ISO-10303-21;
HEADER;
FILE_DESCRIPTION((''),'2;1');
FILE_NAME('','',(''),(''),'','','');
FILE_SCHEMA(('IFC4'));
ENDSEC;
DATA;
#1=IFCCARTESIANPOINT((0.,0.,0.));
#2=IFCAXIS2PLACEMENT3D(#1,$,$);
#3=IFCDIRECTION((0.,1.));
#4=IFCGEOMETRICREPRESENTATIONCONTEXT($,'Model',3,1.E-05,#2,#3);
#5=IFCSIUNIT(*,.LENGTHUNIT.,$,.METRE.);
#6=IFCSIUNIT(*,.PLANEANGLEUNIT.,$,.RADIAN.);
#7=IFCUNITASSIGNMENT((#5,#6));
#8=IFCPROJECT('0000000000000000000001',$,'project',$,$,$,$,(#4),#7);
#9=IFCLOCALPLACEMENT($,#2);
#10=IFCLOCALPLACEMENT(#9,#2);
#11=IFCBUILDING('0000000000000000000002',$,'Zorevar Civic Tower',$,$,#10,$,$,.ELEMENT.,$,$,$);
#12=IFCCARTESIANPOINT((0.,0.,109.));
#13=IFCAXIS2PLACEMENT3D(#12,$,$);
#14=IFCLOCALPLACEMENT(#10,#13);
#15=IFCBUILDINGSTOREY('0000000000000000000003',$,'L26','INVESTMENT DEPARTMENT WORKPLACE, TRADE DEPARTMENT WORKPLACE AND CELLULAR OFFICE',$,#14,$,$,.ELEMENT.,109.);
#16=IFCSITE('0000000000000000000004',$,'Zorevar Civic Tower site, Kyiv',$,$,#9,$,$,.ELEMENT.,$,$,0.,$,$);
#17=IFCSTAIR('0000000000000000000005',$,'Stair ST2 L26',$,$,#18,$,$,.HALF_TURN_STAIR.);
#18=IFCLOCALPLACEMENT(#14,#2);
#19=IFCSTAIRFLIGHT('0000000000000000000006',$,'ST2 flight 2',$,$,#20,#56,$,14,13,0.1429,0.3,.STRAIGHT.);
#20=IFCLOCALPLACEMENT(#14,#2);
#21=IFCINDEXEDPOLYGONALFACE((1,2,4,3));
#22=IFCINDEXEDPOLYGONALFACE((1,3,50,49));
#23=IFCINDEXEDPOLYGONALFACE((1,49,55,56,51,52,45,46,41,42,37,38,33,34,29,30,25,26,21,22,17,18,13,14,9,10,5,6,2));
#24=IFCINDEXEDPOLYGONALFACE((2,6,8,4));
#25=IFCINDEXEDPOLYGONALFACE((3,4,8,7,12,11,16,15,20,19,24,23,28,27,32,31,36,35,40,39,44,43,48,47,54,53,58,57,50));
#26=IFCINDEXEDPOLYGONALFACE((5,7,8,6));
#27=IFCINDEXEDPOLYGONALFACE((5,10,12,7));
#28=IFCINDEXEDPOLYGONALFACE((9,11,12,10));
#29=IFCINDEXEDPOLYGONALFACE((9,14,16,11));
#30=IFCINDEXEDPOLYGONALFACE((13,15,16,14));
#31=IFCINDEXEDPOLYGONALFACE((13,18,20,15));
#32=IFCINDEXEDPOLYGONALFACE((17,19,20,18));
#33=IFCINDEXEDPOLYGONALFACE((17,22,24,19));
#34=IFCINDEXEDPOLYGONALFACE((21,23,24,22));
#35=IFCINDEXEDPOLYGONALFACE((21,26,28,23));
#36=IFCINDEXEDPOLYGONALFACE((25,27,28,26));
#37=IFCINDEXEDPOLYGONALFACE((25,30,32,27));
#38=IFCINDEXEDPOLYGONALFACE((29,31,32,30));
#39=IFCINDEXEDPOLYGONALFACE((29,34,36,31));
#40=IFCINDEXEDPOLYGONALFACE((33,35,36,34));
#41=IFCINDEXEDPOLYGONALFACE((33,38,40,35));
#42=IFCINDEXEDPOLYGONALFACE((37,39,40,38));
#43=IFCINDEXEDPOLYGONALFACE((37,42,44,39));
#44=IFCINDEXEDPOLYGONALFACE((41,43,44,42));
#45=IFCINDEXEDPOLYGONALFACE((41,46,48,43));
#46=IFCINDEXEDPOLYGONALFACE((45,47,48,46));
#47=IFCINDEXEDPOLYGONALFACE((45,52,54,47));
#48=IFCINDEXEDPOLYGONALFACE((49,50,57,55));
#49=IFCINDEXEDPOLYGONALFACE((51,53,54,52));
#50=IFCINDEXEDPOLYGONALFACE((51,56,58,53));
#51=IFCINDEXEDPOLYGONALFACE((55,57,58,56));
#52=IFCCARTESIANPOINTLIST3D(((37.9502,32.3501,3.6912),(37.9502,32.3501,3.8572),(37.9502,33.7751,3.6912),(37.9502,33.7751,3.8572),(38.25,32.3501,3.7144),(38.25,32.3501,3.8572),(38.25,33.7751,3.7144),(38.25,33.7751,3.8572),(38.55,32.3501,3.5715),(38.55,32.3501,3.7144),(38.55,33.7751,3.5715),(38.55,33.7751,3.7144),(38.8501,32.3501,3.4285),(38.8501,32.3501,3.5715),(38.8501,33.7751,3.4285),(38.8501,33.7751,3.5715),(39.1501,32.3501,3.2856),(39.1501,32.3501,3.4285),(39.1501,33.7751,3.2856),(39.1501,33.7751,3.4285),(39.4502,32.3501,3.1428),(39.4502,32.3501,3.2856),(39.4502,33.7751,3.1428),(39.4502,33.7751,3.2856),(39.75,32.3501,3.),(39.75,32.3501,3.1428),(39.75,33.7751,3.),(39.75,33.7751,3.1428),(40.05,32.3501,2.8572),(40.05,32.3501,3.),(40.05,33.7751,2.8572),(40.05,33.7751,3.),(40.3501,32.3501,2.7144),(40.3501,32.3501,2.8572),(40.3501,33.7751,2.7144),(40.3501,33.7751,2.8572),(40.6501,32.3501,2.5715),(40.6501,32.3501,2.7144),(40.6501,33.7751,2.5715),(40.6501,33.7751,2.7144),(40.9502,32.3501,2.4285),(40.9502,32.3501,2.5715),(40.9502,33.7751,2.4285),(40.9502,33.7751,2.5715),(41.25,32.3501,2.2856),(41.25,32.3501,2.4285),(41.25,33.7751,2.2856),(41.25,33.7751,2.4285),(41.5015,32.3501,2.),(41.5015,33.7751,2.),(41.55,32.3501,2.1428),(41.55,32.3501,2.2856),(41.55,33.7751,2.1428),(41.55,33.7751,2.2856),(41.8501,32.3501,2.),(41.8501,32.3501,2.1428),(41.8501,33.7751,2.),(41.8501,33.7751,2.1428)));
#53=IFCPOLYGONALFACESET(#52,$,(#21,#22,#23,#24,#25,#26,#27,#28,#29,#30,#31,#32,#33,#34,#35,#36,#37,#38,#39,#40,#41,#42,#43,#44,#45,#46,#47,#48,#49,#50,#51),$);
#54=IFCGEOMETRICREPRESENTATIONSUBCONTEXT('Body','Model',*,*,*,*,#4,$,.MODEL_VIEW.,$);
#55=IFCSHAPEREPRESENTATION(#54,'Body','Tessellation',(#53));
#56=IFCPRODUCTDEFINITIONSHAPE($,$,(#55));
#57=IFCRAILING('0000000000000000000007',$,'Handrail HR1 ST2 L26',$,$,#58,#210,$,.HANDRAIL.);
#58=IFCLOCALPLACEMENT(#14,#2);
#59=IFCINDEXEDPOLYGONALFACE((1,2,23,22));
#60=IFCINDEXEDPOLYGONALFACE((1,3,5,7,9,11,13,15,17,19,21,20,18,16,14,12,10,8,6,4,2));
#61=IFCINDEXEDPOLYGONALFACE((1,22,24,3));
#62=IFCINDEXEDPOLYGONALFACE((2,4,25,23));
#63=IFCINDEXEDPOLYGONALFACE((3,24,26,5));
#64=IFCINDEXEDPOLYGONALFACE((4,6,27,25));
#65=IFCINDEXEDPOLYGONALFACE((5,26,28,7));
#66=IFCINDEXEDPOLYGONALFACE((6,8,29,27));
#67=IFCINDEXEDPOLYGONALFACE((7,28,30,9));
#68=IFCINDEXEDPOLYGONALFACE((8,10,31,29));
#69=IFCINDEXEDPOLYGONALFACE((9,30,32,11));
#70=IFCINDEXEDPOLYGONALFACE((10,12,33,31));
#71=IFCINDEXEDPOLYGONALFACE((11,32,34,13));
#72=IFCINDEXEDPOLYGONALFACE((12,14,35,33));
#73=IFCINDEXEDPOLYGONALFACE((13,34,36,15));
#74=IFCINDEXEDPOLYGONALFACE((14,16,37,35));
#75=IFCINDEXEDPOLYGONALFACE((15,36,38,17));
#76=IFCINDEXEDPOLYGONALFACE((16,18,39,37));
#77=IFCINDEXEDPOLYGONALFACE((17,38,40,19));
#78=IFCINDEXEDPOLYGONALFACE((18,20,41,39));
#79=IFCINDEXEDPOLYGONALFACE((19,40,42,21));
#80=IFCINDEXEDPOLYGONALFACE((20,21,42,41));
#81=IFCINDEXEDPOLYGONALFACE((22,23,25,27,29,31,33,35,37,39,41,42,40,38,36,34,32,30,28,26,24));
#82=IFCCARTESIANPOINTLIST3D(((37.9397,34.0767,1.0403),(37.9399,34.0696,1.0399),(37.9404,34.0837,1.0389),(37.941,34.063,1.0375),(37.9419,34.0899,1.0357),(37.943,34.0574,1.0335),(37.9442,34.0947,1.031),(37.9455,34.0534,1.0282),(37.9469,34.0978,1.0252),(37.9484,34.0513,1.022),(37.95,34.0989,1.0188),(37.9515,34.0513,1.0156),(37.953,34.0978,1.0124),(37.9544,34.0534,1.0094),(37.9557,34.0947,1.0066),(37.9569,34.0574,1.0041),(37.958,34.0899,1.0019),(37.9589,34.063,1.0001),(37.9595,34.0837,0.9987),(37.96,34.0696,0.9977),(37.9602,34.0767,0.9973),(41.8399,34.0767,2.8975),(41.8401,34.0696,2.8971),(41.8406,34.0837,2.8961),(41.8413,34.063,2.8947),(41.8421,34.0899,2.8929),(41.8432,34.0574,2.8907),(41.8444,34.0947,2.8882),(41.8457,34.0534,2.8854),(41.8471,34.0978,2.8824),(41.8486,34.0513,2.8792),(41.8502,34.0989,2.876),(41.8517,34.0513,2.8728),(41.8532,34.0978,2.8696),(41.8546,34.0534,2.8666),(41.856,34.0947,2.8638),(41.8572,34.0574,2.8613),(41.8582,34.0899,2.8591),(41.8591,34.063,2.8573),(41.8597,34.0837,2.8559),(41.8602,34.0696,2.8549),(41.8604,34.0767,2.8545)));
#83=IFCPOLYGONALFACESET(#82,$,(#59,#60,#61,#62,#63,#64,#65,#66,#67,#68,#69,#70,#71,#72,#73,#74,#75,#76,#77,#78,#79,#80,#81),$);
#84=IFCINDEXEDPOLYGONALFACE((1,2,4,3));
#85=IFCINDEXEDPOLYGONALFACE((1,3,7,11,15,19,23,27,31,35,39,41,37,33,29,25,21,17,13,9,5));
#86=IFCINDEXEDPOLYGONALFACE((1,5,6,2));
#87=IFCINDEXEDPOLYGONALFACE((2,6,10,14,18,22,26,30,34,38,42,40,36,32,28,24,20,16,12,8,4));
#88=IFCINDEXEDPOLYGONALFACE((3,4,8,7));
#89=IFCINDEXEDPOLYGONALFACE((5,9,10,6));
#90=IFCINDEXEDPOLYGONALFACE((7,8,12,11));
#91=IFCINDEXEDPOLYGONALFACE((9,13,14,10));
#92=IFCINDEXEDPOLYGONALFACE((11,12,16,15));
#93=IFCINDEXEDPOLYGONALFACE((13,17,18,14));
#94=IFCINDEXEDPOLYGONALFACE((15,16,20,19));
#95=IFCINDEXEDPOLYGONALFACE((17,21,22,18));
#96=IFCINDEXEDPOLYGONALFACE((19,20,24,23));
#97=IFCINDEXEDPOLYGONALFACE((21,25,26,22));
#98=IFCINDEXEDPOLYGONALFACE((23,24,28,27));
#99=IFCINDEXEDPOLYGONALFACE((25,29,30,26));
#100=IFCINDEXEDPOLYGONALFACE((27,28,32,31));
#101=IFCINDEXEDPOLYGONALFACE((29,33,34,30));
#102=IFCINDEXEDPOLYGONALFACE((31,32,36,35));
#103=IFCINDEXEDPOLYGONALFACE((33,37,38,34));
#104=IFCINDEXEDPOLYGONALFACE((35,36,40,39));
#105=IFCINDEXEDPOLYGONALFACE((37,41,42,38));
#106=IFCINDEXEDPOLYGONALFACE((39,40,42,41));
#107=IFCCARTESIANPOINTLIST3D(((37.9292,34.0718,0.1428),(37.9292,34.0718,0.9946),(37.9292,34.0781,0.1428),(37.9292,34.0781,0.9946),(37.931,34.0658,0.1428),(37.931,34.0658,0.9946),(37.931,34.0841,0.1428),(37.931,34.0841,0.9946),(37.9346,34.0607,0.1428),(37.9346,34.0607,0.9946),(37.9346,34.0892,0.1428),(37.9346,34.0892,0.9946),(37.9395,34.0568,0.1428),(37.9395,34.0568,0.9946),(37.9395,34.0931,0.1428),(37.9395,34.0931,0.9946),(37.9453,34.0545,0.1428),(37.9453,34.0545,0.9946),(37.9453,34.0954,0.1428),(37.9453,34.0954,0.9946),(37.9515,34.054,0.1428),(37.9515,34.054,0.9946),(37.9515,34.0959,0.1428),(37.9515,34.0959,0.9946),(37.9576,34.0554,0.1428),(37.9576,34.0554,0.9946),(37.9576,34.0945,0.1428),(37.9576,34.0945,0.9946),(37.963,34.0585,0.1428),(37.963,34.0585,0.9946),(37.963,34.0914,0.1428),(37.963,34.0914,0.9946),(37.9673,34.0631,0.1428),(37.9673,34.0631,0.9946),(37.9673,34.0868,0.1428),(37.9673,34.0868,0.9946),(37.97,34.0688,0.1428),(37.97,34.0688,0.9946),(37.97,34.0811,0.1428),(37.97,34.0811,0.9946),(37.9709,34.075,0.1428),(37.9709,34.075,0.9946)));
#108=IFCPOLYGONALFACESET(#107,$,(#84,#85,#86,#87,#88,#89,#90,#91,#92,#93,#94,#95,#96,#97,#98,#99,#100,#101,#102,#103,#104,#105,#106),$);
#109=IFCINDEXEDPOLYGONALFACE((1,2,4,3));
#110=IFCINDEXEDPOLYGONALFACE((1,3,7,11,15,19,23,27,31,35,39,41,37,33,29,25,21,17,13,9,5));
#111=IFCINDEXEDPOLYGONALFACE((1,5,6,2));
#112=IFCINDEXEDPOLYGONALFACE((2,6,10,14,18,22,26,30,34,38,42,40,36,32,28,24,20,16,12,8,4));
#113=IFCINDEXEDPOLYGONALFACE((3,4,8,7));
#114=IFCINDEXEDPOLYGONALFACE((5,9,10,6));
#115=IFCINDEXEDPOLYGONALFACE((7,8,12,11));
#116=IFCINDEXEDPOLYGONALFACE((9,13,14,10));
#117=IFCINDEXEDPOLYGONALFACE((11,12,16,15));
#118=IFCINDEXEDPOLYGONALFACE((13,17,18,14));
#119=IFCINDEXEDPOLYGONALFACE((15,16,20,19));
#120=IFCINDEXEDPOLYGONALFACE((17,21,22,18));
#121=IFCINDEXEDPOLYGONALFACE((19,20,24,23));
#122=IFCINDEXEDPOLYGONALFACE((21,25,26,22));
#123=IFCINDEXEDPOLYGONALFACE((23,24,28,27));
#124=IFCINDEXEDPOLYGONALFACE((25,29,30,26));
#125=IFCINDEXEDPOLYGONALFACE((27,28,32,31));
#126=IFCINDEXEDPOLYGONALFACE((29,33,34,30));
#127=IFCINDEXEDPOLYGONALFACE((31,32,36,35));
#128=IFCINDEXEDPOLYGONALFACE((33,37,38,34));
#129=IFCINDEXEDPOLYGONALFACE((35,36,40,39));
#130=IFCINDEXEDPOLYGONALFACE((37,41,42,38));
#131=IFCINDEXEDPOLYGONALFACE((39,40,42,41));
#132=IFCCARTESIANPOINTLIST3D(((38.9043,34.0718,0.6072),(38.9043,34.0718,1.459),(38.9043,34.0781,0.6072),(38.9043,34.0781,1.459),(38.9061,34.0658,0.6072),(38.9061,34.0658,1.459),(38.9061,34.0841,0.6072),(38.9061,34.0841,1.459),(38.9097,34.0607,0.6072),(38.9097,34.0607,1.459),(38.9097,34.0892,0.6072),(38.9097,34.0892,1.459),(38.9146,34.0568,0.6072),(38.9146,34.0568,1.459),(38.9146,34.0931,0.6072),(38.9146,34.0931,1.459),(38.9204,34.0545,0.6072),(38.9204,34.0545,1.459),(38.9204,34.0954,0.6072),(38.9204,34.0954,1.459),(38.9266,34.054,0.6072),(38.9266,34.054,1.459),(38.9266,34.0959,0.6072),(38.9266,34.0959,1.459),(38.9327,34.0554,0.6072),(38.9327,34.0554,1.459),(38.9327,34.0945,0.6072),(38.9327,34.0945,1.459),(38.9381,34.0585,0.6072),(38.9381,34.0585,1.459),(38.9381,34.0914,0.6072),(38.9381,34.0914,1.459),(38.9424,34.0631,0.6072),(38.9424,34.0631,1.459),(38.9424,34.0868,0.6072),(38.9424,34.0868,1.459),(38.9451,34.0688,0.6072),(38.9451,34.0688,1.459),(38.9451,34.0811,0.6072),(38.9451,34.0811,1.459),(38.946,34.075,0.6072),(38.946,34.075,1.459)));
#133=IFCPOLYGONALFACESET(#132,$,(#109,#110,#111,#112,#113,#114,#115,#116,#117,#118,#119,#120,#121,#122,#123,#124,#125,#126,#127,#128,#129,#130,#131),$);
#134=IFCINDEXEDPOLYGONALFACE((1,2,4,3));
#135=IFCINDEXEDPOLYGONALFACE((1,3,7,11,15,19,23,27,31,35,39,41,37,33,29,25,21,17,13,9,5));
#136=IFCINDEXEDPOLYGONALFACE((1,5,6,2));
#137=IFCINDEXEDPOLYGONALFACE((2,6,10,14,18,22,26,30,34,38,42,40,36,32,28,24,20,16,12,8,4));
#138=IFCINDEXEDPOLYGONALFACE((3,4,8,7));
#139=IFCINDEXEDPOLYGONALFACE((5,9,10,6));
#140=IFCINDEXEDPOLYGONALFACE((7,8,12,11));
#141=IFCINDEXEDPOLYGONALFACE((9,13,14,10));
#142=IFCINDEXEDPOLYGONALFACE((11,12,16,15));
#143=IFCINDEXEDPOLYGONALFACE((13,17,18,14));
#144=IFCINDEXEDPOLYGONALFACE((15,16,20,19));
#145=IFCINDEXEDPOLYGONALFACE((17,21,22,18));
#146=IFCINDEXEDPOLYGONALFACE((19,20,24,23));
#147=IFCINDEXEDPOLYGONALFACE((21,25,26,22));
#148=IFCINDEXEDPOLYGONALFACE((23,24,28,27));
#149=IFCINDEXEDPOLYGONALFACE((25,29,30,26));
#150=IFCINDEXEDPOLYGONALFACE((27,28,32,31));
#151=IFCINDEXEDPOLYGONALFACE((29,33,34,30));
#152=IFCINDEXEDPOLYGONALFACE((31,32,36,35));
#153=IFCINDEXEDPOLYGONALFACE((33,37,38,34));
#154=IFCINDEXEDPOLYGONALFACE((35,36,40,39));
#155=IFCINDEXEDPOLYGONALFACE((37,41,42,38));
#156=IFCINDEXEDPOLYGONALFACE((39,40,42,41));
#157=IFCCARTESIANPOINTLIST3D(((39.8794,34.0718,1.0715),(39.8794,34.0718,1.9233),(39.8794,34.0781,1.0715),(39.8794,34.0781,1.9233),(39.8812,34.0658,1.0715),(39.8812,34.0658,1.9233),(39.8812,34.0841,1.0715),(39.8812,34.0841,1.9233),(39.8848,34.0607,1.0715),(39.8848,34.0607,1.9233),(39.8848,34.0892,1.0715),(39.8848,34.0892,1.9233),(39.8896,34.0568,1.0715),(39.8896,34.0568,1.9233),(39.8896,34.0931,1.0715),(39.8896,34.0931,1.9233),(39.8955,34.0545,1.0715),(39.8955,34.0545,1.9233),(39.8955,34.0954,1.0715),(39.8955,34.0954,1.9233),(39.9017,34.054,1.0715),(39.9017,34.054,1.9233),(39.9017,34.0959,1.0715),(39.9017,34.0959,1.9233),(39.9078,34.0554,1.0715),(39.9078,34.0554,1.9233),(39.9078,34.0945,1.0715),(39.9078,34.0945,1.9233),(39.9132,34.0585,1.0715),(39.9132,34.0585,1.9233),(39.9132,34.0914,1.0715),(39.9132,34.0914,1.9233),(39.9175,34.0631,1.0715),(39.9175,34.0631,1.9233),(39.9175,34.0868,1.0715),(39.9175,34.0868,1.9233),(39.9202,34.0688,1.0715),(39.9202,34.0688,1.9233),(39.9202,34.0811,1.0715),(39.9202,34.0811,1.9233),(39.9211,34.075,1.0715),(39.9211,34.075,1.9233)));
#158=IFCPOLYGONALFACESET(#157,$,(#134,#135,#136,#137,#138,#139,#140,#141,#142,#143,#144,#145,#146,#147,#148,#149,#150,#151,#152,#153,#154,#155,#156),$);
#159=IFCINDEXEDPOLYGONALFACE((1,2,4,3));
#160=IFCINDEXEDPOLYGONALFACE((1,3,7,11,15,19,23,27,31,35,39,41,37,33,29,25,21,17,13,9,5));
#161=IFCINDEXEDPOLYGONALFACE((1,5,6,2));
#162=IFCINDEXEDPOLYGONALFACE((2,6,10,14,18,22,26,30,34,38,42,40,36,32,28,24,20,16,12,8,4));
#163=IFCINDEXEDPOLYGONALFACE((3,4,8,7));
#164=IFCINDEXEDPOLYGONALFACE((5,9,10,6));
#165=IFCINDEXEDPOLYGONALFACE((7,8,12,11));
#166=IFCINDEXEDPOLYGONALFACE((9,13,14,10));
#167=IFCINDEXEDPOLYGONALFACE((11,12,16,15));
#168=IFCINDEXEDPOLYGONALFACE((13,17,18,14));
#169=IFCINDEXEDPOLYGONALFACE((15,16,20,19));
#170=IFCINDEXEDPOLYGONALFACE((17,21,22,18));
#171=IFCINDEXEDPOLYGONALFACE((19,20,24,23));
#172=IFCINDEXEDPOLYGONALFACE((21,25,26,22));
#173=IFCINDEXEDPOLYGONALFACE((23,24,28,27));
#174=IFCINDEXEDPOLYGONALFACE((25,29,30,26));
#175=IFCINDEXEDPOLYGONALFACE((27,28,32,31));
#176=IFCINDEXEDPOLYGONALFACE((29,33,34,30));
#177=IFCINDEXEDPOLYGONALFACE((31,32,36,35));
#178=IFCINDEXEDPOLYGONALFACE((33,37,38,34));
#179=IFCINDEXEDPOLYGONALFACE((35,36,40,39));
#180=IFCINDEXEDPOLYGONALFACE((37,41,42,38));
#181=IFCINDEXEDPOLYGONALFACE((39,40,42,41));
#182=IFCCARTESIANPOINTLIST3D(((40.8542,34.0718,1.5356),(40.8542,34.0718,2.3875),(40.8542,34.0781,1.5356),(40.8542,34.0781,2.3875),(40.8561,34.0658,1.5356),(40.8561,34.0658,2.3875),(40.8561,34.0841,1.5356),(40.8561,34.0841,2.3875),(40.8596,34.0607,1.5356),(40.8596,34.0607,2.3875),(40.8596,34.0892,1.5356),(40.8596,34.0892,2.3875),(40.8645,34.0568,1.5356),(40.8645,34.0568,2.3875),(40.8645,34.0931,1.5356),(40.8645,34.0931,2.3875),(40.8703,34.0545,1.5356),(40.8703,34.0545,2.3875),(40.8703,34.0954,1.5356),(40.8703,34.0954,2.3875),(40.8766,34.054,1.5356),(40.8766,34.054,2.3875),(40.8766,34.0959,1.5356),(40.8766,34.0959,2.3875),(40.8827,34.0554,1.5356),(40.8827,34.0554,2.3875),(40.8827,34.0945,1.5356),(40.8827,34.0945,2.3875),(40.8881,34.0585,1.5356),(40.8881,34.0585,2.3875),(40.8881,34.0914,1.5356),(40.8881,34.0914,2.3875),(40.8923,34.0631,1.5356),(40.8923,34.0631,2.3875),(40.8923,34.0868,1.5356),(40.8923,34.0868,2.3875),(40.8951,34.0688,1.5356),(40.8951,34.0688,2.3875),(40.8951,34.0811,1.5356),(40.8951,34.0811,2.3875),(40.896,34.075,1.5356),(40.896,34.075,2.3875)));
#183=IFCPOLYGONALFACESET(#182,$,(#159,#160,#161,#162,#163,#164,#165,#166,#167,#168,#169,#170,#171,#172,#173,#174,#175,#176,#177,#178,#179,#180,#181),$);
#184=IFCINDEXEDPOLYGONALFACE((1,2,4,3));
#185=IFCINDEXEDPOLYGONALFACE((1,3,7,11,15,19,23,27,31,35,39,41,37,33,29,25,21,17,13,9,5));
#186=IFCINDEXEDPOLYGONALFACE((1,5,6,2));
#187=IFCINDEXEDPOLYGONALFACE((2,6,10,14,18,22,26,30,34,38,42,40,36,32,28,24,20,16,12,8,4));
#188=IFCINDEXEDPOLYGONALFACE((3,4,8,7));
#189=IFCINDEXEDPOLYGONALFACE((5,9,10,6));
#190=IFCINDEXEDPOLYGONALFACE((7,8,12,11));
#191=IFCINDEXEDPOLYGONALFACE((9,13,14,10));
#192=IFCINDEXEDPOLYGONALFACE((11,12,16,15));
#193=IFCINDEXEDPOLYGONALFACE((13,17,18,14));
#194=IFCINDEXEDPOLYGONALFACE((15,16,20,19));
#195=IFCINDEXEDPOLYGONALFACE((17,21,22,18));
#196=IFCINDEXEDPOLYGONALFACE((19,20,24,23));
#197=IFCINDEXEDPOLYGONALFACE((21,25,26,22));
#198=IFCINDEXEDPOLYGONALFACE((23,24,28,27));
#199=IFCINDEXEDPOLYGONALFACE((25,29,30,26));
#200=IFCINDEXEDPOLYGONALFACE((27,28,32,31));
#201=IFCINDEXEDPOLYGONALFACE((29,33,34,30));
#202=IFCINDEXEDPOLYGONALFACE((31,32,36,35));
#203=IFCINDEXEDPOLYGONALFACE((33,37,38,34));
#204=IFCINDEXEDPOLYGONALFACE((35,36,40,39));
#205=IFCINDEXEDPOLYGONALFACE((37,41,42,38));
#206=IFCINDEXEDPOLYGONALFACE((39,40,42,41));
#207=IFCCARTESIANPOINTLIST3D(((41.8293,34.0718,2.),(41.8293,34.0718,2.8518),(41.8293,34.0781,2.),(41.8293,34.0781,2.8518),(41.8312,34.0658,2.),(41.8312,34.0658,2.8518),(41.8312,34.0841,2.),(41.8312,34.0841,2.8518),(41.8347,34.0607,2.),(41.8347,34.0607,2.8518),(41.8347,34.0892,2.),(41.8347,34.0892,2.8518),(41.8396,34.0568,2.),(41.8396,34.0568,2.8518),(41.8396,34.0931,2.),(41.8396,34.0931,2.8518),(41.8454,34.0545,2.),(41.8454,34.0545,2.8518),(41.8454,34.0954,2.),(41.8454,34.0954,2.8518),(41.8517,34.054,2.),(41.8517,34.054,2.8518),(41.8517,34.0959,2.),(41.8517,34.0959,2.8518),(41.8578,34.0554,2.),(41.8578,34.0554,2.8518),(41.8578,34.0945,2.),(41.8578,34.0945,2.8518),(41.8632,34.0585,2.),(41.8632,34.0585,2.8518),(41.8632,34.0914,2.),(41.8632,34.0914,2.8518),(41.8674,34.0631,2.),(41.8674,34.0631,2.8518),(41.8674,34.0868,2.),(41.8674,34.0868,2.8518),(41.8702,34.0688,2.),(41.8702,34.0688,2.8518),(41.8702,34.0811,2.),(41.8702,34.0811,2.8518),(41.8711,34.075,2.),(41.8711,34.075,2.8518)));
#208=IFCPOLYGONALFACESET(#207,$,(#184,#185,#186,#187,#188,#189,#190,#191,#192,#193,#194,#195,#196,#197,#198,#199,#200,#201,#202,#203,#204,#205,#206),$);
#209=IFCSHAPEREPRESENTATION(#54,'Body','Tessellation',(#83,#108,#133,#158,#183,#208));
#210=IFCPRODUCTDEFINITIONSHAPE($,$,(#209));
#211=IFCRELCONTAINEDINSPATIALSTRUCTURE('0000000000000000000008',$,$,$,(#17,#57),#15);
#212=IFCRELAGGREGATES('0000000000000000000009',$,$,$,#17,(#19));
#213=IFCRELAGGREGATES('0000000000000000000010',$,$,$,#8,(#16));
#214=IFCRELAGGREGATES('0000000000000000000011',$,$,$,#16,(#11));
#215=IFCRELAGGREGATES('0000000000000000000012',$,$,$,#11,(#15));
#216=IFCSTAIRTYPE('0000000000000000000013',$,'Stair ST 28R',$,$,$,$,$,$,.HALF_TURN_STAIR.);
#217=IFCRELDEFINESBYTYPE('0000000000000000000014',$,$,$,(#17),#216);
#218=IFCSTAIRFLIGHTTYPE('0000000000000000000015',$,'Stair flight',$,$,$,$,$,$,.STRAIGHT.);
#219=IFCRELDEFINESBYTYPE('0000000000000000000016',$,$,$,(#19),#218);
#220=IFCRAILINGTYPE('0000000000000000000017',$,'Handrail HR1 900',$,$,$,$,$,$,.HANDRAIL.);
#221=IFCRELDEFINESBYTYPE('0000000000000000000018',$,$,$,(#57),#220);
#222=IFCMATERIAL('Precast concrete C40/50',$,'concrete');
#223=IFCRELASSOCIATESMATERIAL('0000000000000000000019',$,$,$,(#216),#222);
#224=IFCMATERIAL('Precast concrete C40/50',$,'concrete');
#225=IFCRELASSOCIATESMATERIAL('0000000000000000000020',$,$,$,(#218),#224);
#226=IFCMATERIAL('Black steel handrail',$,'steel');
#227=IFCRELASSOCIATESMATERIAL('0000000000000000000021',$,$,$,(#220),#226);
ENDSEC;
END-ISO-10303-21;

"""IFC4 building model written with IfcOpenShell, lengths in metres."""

from ifc_helpers import new_model, si_unit, direction, frame, origin, origin_2d, place, context, subcontext, project, spatial, polyline, circle, outline, extrude, material, type_object, element, aggregate, save


model = new_model("IFC4")

# Units and contexts
model_context = context("Model", 3, precision=1e-05, world=origin(), true_north=direction((0.0, 1.0)))
body_context = subcontext(model_context, "Body", "Model", "MODEL_VIEW")
ifc_project = project(units=[si_unit("LENGTHUNIT", "METRE"), si_unit("PLANEANGLEUNIT", "RADIAN")], contexts=[model_context])

# Site, building, storey
site_placement = place(None, origin())
site = spatial("IfcSite", under=ifc_project, at=site_placement, Name="Zorevar Civic Tower site, Kyiv", CompositionType="ELEMENT", RefElevation=0.0)
building_placement = place(site_placement, origin())
building = spatial("IfcBuilding", under=site, at=building_placement, Name="Zorevar Civic Tower", CompositionType="ELEMENT")
storey_placement = place(building_placement, frame((0.0, 0.0, 109.0)))
storey = spatial("IfcBuildingStorey", under=building, at=storey_placement, Name="L26", Description="INVESTMENT DEPARTMENT WORKPLACE, TRADE DEPARTMENT WORKPLACE AND CELLULAR OFFICE", CompositionType="ELEMENT", Elevation=109.0)

# Stair, stair flight
ifc_material_1 = material(Name="Precast concrete C40/50", Category="concrete")
stair_type = type_object("IfcStairType", Name="Stair ST 28R", PredefinedType="HALF_TURN_STAIR", material=ifc_material_1)
stair_placement = place(storey_placement, origin())
stair = element("IfcStair", 1, at=stair_placement, inside=storey, type_object=stair_type, Name="Stair ST2 L26", PredefinedType="HALF_TURN_STAIR")
ifc_material_2 = material(Name="Precast concrete C40/50", Category="concrete")
stair_flight_type = type_object("IfcStairFlightType", Name="Stair flight", PredefinedType="STRAIGHT", material=ifc_material_2)
stair_flight_1_placement = place(storey_placement, frame((41.8501, 33.0625, 2.0), z_axis=(0.0, 0.0, 1.0), x_axis=(-1.0, 0.0, 0.0)))
stair_flight_1 = element("IfcStairFlight", 2, at=stair_flight_1_placement, type_object=stair_flight_type, Name="ST2 flight 2", NumberOfRisers=14, NumberOfTreads=13, PredefinedType="STRAIGHT", RiserHeight=0.1429, TreadLength=0.3, context=body_context, shape_type="SweptSolid", body=[
    extrude(outline(polyline([(0.0, 0.0), (0.0, 0.1428), (0.3, 0.1428), (0.3, 0.2856), (0.6001, 0.2856), (0.6001, 0.4285), (0.8999, 0.4285), (0.8999, 0.5715), (1.2, 0.5715), (1.2, 0.7144), (1.5, 0.7144), (1.5, 0.8572), (1.8, 0.8572), (1.8, 1.0), (2.1001, 1.0), (2.1001, 1.1428), (2.3999, 1.1428), (2.3999, 1.2856), (2.7, 1.2856), (2.7, 1.4285), (3.0, 1.4285), (3.0, 1.5715), (3.3, 1.5715), (3.3, 1.7144), (3.6001, 1.7144), (3.6001, 1.8572), (3.8999, 1.8572), (3.8999, 2.0), (3.8999, 1.6912), (0.3486, 0.0), (0.0, 0.0)])), frame((0.0, 0.7124, 0.0), z_axis=(0.0, -1.0, 0.0), x_axis=(1.0, 0.0, 0.0)), (0.0, 0.0, 1.0), 1.425),
])
aggregate(stair, [stair_flight_1])

# Railing
ifc_material_3 = material(Name="Black steel handrail", Category="steel")
railing_type = type_object("IfcRailingType", Name="Handrail HR1 900", PredefinedType="HANDRAIL", material=ifc_material_3)
railing_1_placement = place(storey_placement, frame((37.95, 34.075, 0.1428)))
element("IfcRailing", 3, at=railing_1_placement, inside=storey, type_object=railing_type, Name="Handrail HR1 ST2 L26", PredefinedType="HANDRAIL", context=body_context, shape_type="SweptSolid", body=[
    extrude(circle(Radius=0.0239, at=origin_2d()), frame((0.0, 0.0, 0.876), z_axis=(0.902864, 0.0, 0.429927), x_axis=(0.0, 1.0, 0.0)), (0.0, 0.0, 1.0), 4.3198),
    extrude(circle(Radius=0.021, at=origin_2d()), origin(), (0.0, 0.0, 1.0), 0.8518),
    extrude(circle(Radius=0.021, at=origin_2d()), frame((0.9751, 0.0, 0.4644)), (0.0, 0.0, 1.0), 0.8518),
    extrude(circle(Radius=0.021, at=origin_2d()), frame((1.9502, 0.0, 0.9287)), (0.0, 0.0, 1.0), 0.8518),
    extrude(circle(Radius=0.021, at=origin_2d()), frame((2.925, 0.0, 1.3928)), (0.0, 0.0, 1.0), 0.8518),
    extrude(circle(Radius=0.021, at=origin_2d()), frame((3.9001, 0.0, 1.8572)), (0.0, 0.0, 1.0), 0.8518),
])

save(model, "model.ifc")
